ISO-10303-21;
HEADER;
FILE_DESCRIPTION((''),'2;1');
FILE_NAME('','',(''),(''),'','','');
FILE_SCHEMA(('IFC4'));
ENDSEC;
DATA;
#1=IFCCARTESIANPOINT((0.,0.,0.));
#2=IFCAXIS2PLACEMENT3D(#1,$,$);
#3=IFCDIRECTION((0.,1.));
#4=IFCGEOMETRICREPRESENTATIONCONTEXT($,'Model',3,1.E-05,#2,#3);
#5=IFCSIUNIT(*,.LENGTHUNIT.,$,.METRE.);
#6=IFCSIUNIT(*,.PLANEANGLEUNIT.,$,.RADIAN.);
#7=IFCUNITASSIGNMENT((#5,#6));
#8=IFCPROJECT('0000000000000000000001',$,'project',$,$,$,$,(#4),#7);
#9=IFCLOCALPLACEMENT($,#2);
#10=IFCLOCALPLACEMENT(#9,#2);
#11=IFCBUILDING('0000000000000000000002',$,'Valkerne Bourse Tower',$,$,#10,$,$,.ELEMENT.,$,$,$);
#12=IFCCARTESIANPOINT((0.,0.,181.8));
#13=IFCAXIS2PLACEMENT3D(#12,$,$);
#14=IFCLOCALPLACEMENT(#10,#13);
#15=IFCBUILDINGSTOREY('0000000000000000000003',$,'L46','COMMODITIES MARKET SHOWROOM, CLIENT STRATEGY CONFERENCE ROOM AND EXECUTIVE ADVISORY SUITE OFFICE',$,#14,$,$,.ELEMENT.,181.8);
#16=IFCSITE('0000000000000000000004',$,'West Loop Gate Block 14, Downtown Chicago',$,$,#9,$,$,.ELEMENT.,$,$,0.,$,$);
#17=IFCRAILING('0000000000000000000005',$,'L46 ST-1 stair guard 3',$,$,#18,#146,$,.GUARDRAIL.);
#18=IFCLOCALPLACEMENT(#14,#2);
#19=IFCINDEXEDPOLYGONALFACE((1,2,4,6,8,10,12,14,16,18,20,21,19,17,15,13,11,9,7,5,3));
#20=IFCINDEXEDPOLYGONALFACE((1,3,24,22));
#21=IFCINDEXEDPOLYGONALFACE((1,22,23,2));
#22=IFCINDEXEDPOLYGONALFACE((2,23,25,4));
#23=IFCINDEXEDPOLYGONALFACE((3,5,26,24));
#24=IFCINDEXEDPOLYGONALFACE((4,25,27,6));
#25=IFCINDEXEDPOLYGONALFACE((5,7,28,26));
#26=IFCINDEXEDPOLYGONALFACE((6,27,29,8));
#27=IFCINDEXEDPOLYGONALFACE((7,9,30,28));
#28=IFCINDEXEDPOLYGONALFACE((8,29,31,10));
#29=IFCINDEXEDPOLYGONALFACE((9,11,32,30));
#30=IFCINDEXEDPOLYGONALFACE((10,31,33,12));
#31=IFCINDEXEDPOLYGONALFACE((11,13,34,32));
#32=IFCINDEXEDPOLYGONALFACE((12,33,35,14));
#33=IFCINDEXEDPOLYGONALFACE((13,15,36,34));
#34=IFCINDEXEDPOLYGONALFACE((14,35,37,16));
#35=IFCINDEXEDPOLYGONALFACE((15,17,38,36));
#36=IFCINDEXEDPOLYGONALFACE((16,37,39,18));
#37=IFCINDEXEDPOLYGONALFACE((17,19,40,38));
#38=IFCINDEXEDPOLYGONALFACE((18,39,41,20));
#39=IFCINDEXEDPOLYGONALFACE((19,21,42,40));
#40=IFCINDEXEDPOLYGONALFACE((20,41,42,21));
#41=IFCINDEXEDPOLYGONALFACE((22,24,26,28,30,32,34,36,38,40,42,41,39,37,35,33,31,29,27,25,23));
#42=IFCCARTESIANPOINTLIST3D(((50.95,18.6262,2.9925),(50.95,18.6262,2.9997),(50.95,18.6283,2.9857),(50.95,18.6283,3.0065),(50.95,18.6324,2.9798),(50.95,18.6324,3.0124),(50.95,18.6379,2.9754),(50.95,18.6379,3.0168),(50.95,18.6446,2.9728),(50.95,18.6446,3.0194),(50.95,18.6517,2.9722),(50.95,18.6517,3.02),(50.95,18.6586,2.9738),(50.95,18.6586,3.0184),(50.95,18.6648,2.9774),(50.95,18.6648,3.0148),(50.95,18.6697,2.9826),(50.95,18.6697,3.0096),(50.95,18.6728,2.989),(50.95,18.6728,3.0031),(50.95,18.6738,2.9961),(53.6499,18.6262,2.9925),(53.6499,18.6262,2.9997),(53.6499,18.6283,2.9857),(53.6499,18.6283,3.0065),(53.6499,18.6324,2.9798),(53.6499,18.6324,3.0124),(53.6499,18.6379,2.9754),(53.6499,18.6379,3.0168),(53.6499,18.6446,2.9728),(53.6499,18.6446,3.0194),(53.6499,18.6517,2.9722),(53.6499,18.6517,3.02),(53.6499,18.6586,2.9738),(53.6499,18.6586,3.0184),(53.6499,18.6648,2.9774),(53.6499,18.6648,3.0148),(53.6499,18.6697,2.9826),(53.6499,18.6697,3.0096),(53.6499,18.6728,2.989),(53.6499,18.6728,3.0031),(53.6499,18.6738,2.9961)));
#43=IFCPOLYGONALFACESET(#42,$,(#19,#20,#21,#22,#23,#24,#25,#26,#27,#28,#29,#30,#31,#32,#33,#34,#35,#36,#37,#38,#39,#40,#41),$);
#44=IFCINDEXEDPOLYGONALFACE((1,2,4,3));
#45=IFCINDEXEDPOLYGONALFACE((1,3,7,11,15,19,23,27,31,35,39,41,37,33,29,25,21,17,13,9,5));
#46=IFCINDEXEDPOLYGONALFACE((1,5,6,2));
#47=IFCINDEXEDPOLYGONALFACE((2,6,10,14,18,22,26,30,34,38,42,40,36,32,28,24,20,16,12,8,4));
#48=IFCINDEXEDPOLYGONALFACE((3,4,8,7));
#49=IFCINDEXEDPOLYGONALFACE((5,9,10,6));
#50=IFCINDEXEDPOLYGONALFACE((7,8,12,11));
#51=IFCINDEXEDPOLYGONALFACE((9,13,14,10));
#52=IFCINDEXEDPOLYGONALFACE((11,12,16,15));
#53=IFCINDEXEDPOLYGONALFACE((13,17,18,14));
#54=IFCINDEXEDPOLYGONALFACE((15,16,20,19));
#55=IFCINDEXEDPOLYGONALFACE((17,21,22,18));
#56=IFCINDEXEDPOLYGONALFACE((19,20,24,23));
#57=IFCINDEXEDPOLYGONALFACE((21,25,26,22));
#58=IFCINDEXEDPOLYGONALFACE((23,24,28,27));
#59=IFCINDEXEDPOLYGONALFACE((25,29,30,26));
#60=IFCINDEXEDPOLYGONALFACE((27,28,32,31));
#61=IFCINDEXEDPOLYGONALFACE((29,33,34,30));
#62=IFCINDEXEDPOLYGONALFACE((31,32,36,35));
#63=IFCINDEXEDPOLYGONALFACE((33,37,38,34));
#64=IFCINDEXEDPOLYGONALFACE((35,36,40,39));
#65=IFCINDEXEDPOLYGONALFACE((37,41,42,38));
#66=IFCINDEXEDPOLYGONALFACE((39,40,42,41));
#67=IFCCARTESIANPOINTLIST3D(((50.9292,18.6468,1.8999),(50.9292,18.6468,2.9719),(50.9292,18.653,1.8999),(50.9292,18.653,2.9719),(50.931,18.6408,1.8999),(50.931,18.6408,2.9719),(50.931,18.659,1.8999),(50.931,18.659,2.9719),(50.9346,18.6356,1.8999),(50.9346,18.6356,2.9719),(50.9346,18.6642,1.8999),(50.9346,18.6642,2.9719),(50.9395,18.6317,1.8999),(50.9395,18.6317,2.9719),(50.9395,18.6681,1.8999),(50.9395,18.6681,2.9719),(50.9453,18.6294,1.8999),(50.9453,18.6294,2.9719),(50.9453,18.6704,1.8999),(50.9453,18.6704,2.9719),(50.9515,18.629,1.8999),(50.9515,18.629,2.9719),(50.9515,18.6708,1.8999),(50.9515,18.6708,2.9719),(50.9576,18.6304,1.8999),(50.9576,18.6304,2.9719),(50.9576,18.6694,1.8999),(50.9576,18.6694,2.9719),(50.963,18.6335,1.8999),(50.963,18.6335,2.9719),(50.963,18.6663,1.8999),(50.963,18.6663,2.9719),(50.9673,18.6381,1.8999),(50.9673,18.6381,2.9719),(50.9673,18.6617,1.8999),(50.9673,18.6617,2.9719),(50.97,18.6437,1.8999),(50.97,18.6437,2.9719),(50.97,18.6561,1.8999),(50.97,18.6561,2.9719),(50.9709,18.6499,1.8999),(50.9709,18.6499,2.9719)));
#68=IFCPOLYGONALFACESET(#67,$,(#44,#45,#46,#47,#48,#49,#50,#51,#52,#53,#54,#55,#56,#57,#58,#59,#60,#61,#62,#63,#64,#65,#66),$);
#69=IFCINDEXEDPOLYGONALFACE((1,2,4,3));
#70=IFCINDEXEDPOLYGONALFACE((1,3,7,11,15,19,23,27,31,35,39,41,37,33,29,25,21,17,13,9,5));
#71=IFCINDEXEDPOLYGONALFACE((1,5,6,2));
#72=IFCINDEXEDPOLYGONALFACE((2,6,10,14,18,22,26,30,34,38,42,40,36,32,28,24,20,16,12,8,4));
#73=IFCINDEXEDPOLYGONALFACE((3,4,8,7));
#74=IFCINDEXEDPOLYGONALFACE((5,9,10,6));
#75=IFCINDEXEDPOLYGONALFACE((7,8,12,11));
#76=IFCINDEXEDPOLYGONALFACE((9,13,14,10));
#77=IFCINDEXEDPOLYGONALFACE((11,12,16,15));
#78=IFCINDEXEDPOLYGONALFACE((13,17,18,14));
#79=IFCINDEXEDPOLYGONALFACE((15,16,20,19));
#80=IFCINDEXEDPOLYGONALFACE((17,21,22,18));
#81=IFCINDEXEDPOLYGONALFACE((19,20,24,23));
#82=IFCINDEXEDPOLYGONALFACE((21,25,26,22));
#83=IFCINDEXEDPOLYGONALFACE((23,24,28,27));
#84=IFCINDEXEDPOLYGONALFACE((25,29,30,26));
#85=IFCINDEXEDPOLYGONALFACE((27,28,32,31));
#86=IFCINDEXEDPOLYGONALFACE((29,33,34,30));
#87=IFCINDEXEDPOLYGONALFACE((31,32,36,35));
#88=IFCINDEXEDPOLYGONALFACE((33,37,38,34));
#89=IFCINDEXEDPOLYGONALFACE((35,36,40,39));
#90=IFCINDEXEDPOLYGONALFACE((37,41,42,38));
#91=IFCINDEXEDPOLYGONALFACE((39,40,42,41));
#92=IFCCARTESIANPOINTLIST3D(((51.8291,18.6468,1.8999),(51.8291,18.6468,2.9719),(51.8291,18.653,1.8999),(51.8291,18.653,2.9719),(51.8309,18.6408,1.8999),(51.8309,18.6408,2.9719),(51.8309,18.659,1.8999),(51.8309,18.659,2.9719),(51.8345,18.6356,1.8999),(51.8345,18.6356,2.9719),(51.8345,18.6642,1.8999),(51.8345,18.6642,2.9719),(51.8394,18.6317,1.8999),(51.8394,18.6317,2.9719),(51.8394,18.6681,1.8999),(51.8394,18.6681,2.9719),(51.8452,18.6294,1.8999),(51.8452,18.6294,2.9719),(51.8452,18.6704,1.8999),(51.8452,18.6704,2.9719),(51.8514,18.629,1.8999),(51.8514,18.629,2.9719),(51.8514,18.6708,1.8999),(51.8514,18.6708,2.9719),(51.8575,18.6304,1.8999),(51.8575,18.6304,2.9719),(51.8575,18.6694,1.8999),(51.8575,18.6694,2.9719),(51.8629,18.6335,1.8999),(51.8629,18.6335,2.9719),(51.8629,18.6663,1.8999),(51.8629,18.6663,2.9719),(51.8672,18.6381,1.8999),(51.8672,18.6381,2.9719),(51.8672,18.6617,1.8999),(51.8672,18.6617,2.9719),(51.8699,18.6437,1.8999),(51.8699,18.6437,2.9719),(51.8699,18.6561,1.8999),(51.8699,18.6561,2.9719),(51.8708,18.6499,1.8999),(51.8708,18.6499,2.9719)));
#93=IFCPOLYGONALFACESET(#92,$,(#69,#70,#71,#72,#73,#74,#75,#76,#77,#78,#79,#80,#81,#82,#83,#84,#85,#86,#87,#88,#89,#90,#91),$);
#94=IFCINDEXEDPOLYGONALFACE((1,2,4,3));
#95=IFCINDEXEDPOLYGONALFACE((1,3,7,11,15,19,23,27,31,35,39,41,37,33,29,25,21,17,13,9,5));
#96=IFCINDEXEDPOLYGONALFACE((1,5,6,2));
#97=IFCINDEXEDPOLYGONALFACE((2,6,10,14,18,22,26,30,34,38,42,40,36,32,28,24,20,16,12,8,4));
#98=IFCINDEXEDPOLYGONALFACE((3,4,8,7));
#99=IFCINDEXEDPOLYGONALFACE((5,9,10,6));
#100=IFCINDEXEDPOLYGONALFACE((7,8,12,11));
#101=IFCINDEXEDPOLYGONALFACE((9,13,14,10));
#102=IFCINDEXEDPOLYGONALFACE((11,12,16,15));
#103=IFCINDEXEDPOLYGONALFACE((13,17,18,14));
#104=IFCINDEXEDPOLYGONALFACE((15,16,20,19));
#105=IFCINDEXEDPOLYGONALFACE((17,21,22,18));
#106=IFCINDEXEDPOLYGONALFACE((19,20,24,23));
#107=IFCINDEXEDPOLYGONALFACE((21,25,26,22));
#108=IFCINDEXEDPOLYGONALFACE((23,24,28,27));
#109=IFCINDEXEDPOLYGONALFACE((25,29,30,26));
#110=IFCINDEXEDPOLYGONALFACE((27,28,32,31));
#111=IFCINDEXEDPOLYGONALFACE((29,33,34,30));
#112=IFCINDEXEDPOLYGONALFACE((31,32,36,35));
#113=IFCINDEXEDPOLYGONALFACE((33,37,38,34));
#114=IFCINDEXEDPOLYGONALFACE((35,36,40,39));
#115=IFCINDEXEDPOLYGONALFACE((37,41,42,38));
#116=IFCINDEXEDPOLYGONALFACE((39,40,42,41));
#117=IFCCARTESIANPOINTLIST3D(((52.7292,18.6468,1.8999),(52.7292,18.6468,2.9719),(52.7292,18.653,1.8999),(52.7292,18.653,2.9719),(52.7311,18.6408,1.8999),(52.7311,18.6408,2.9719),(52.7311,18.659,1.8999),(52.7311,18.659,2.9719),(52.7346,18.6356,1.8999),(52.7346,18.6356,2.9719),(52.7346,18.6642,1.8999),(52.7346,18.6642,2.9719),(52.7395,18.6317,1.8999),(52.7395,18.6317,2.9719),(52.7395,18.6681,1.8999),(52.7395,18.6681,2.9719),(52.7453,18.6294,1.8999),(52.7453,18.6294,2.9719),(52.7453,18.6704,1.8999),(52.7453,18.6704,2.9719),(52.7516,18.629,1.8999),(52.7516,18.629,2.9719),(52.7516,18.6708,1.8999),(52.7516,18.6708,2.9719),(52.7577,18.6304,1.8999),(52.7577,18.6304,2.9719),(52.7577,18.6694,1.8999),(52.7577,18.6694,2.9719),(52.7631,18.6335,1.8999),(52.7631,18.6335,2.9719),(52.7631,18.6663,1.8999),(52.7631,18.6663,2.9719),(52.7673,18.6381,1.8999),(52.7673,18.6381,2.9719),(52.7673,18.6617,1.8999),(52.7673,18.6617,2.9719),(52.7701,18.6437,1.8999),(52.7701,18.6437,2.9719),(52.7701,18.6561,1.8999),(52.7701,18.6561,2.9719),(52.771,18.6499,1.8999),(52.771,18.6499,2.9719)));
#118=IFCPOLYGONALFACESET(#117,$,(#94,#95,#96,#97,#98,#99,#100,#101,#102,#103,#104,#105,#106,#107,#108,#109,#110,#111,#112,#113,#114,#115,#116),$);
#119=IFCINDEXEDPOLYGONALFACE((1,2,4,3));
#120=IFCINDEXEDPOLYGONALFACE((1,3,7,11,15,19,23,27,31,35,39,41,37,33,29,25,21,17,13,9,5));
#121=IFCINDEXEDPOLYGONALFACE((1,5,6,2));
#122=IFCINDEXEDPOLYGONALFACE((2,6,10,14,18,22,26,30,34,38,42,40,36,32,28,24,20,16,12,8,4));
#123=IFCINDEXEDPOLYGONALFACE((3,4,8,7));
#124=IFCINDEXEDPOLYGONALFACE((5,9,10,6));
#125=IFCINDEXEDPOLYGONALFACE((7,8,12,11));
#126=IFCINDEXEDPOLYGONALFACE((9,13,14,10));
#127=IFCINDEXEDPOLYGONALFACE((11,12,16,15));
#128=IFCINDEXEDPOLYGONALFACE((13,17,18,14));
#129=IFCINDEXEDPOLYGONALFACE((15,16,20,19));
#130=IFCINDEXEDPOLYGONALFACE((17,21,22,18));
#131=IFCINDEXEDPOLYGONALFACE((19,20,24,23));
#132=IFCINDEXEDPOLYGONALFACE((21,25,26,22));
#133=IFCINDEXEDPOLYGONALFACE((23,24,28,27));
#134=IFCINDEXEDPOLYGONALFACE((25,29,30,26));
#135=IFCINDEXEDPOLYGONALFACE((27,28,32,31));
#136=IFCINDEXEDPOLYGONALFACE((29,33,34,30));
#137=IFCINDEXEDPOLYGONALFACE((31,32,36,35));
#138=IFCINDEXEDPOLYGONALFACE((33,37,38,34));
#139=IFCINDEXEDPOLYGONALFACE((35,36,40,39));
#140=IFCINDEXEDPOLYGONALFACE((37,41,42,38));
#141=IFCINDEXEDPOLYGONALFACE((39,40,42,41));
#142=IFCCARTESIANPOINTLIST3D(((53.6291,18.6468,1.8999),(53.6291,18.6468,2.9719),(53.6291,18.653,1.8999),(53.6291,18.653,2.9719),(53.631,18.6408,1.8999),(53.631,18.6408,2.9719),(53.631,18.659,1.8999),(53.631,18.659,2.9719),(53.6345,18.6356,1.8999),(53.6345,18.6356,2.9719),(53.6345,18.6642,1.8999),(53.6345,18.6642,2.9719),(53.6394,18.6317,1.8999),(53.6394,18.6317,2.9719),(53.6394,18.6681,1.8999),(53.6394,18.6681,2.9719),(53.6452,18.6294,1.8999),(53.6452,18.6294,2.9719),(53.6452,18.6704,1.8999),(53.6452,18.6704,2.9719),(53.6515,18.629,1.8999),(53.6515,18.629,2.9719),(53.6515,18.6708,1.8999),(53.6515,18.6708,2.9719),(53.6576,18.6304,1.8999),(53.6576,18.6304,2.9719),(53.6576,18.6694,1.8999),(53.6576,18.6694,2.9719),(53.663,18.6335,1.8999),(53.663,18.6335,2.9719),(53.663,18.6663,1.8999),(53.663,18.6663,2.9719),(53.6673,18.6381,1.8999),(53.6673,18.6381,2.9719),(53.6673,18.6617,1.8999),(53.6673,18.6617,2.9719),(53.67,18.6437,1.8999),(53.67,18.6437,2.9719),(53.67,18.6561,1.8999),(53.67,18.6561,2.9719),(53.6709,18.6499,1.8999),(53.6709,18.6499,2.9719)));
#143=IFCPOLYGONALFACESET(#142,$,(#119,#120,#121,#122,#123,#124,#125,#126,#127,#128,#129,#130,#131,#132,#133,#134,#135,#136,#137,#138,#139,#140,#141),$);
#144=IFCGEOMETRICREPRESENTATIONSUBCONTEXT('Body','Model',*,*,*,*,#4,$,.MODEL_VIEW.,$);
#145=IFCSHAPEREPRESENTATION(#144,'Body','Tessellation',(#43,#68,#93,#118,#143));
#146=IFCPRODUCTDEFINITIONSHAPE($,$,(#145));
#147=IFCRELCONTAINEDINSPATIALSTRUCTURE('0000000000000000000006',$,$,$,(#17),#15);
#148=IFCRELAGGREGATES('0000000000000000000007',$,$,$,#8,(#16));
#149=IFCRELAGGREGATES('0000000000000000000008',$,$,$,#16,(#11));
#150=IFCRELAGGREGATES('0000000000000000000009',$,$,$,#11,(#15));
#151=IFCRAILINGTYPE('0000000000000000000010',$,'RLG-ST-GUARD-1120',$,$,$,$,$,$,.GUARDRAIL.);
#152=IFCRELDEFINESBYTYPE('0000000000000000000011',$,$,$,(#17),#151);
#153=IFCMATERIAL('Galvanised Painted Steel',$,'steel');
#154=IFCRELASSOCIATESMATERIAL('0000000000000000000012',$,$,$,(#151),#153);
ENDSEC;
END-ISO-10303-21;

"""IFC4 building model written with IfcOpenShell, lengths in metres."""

from ifc_helpers import new_model, si_unit, direction, frame, origin, origin_2d, place, context, subcontext, project, spatial, circle, extrude, material, type_object, element, save


model = new_model("IFC4")

# Units and contexts
model_context = context("Model", 3, precision=1e-05, world=origin(), true_north=direction((0.0, 1.0)))
body_context = subcontext(model_context, "Body", "Model", "MODEL_VIEW")
ifc_project = project(units=[si_unit("LENGTHUNIT", "METRE"), si_unit("PLANEANGLEUNIT", "RADIAN")], contexts=[model_context])

# Site, building, storey
site_placement = place(None, origin())
site = spatial("IfcSite", under=ifc_project, at=site_placement, Name="West Loop Gate Block 14, Downtown Chicago", CompositionType="ELEMENT", RefElevation=0.0)
building_placement = place(site_placement, origin())
building = spatial("IfcBuilding", under=site, at=building_placement, Name="Valkerne Bourse Tower", CompositionType="ELEMENT")
storey_placement = place(building_placement, frame((0.0, 0.0, 181.8)))
storey = spatial("IfcBuildingStorey", under=building, at=storey_placement, Name="L46", Description="COMMODITIES MARKET SHOWROOM, CLIENT STRATEGY CONFERENCE ROOM AND EXECUTIVE ADVISORY SUITE OFFICE", CompositionType="ELEMENT", Elevation=181.8)

# Shared definitions
ifc_material_1 = material(Name="Galvanised Painted Steel", Category="steel")

# Railing
railing_type_1 = type_object("IfcRailingType", Name="RLG-ST-GUARD-1120", PredefinedType="GUARDRAIL", material=ifc_material_1)
for number, where, name in (
    (1, (50.95, 18.6499, 1.8999), "L46 ST-1 stair guard 3"),
):
    element("IfcRailing", number, at=place(storey_placement, frame(where)), inside=storey, type_object=railing_type_1, Name=name, PredefinedType="GUARDRAIL", context=body_context, shape_type="SweptSolid", body=[
        extrude(circle(Radius=0.0239, at=origin_2d()), frame((0.0, 0.0, 1.0962), z_axis=(1.0, 0.0, 0.0), x_axis=(0.0, 1.0, 0.0)), (0.0, 0.0, 1.0), 2.7),
        extrude(circle(Radius=0.021, at=origin_2d()), origin(), (0.0, 0.0, 1.0), 1.072),
        extrude(circle(Radius=0.021, at=origin_2d()), frame((0.8999, 0.0, 0.0)), (0.0, 0.0, 1.0), 1.072),
        extrude(circle(Radius=0.021, at=origin_2d()), frame((1.8, 0.0, 0.0)), (0.0, 0.0, 1.0), 1.072),
        extrude(circle(Radius=0.021, at=origin_2d()), frame((2.7, 0.0, 0.0)), (0.0, 0.0, 1.0), 1.072),
    ])

save(model, "model.ifc")
